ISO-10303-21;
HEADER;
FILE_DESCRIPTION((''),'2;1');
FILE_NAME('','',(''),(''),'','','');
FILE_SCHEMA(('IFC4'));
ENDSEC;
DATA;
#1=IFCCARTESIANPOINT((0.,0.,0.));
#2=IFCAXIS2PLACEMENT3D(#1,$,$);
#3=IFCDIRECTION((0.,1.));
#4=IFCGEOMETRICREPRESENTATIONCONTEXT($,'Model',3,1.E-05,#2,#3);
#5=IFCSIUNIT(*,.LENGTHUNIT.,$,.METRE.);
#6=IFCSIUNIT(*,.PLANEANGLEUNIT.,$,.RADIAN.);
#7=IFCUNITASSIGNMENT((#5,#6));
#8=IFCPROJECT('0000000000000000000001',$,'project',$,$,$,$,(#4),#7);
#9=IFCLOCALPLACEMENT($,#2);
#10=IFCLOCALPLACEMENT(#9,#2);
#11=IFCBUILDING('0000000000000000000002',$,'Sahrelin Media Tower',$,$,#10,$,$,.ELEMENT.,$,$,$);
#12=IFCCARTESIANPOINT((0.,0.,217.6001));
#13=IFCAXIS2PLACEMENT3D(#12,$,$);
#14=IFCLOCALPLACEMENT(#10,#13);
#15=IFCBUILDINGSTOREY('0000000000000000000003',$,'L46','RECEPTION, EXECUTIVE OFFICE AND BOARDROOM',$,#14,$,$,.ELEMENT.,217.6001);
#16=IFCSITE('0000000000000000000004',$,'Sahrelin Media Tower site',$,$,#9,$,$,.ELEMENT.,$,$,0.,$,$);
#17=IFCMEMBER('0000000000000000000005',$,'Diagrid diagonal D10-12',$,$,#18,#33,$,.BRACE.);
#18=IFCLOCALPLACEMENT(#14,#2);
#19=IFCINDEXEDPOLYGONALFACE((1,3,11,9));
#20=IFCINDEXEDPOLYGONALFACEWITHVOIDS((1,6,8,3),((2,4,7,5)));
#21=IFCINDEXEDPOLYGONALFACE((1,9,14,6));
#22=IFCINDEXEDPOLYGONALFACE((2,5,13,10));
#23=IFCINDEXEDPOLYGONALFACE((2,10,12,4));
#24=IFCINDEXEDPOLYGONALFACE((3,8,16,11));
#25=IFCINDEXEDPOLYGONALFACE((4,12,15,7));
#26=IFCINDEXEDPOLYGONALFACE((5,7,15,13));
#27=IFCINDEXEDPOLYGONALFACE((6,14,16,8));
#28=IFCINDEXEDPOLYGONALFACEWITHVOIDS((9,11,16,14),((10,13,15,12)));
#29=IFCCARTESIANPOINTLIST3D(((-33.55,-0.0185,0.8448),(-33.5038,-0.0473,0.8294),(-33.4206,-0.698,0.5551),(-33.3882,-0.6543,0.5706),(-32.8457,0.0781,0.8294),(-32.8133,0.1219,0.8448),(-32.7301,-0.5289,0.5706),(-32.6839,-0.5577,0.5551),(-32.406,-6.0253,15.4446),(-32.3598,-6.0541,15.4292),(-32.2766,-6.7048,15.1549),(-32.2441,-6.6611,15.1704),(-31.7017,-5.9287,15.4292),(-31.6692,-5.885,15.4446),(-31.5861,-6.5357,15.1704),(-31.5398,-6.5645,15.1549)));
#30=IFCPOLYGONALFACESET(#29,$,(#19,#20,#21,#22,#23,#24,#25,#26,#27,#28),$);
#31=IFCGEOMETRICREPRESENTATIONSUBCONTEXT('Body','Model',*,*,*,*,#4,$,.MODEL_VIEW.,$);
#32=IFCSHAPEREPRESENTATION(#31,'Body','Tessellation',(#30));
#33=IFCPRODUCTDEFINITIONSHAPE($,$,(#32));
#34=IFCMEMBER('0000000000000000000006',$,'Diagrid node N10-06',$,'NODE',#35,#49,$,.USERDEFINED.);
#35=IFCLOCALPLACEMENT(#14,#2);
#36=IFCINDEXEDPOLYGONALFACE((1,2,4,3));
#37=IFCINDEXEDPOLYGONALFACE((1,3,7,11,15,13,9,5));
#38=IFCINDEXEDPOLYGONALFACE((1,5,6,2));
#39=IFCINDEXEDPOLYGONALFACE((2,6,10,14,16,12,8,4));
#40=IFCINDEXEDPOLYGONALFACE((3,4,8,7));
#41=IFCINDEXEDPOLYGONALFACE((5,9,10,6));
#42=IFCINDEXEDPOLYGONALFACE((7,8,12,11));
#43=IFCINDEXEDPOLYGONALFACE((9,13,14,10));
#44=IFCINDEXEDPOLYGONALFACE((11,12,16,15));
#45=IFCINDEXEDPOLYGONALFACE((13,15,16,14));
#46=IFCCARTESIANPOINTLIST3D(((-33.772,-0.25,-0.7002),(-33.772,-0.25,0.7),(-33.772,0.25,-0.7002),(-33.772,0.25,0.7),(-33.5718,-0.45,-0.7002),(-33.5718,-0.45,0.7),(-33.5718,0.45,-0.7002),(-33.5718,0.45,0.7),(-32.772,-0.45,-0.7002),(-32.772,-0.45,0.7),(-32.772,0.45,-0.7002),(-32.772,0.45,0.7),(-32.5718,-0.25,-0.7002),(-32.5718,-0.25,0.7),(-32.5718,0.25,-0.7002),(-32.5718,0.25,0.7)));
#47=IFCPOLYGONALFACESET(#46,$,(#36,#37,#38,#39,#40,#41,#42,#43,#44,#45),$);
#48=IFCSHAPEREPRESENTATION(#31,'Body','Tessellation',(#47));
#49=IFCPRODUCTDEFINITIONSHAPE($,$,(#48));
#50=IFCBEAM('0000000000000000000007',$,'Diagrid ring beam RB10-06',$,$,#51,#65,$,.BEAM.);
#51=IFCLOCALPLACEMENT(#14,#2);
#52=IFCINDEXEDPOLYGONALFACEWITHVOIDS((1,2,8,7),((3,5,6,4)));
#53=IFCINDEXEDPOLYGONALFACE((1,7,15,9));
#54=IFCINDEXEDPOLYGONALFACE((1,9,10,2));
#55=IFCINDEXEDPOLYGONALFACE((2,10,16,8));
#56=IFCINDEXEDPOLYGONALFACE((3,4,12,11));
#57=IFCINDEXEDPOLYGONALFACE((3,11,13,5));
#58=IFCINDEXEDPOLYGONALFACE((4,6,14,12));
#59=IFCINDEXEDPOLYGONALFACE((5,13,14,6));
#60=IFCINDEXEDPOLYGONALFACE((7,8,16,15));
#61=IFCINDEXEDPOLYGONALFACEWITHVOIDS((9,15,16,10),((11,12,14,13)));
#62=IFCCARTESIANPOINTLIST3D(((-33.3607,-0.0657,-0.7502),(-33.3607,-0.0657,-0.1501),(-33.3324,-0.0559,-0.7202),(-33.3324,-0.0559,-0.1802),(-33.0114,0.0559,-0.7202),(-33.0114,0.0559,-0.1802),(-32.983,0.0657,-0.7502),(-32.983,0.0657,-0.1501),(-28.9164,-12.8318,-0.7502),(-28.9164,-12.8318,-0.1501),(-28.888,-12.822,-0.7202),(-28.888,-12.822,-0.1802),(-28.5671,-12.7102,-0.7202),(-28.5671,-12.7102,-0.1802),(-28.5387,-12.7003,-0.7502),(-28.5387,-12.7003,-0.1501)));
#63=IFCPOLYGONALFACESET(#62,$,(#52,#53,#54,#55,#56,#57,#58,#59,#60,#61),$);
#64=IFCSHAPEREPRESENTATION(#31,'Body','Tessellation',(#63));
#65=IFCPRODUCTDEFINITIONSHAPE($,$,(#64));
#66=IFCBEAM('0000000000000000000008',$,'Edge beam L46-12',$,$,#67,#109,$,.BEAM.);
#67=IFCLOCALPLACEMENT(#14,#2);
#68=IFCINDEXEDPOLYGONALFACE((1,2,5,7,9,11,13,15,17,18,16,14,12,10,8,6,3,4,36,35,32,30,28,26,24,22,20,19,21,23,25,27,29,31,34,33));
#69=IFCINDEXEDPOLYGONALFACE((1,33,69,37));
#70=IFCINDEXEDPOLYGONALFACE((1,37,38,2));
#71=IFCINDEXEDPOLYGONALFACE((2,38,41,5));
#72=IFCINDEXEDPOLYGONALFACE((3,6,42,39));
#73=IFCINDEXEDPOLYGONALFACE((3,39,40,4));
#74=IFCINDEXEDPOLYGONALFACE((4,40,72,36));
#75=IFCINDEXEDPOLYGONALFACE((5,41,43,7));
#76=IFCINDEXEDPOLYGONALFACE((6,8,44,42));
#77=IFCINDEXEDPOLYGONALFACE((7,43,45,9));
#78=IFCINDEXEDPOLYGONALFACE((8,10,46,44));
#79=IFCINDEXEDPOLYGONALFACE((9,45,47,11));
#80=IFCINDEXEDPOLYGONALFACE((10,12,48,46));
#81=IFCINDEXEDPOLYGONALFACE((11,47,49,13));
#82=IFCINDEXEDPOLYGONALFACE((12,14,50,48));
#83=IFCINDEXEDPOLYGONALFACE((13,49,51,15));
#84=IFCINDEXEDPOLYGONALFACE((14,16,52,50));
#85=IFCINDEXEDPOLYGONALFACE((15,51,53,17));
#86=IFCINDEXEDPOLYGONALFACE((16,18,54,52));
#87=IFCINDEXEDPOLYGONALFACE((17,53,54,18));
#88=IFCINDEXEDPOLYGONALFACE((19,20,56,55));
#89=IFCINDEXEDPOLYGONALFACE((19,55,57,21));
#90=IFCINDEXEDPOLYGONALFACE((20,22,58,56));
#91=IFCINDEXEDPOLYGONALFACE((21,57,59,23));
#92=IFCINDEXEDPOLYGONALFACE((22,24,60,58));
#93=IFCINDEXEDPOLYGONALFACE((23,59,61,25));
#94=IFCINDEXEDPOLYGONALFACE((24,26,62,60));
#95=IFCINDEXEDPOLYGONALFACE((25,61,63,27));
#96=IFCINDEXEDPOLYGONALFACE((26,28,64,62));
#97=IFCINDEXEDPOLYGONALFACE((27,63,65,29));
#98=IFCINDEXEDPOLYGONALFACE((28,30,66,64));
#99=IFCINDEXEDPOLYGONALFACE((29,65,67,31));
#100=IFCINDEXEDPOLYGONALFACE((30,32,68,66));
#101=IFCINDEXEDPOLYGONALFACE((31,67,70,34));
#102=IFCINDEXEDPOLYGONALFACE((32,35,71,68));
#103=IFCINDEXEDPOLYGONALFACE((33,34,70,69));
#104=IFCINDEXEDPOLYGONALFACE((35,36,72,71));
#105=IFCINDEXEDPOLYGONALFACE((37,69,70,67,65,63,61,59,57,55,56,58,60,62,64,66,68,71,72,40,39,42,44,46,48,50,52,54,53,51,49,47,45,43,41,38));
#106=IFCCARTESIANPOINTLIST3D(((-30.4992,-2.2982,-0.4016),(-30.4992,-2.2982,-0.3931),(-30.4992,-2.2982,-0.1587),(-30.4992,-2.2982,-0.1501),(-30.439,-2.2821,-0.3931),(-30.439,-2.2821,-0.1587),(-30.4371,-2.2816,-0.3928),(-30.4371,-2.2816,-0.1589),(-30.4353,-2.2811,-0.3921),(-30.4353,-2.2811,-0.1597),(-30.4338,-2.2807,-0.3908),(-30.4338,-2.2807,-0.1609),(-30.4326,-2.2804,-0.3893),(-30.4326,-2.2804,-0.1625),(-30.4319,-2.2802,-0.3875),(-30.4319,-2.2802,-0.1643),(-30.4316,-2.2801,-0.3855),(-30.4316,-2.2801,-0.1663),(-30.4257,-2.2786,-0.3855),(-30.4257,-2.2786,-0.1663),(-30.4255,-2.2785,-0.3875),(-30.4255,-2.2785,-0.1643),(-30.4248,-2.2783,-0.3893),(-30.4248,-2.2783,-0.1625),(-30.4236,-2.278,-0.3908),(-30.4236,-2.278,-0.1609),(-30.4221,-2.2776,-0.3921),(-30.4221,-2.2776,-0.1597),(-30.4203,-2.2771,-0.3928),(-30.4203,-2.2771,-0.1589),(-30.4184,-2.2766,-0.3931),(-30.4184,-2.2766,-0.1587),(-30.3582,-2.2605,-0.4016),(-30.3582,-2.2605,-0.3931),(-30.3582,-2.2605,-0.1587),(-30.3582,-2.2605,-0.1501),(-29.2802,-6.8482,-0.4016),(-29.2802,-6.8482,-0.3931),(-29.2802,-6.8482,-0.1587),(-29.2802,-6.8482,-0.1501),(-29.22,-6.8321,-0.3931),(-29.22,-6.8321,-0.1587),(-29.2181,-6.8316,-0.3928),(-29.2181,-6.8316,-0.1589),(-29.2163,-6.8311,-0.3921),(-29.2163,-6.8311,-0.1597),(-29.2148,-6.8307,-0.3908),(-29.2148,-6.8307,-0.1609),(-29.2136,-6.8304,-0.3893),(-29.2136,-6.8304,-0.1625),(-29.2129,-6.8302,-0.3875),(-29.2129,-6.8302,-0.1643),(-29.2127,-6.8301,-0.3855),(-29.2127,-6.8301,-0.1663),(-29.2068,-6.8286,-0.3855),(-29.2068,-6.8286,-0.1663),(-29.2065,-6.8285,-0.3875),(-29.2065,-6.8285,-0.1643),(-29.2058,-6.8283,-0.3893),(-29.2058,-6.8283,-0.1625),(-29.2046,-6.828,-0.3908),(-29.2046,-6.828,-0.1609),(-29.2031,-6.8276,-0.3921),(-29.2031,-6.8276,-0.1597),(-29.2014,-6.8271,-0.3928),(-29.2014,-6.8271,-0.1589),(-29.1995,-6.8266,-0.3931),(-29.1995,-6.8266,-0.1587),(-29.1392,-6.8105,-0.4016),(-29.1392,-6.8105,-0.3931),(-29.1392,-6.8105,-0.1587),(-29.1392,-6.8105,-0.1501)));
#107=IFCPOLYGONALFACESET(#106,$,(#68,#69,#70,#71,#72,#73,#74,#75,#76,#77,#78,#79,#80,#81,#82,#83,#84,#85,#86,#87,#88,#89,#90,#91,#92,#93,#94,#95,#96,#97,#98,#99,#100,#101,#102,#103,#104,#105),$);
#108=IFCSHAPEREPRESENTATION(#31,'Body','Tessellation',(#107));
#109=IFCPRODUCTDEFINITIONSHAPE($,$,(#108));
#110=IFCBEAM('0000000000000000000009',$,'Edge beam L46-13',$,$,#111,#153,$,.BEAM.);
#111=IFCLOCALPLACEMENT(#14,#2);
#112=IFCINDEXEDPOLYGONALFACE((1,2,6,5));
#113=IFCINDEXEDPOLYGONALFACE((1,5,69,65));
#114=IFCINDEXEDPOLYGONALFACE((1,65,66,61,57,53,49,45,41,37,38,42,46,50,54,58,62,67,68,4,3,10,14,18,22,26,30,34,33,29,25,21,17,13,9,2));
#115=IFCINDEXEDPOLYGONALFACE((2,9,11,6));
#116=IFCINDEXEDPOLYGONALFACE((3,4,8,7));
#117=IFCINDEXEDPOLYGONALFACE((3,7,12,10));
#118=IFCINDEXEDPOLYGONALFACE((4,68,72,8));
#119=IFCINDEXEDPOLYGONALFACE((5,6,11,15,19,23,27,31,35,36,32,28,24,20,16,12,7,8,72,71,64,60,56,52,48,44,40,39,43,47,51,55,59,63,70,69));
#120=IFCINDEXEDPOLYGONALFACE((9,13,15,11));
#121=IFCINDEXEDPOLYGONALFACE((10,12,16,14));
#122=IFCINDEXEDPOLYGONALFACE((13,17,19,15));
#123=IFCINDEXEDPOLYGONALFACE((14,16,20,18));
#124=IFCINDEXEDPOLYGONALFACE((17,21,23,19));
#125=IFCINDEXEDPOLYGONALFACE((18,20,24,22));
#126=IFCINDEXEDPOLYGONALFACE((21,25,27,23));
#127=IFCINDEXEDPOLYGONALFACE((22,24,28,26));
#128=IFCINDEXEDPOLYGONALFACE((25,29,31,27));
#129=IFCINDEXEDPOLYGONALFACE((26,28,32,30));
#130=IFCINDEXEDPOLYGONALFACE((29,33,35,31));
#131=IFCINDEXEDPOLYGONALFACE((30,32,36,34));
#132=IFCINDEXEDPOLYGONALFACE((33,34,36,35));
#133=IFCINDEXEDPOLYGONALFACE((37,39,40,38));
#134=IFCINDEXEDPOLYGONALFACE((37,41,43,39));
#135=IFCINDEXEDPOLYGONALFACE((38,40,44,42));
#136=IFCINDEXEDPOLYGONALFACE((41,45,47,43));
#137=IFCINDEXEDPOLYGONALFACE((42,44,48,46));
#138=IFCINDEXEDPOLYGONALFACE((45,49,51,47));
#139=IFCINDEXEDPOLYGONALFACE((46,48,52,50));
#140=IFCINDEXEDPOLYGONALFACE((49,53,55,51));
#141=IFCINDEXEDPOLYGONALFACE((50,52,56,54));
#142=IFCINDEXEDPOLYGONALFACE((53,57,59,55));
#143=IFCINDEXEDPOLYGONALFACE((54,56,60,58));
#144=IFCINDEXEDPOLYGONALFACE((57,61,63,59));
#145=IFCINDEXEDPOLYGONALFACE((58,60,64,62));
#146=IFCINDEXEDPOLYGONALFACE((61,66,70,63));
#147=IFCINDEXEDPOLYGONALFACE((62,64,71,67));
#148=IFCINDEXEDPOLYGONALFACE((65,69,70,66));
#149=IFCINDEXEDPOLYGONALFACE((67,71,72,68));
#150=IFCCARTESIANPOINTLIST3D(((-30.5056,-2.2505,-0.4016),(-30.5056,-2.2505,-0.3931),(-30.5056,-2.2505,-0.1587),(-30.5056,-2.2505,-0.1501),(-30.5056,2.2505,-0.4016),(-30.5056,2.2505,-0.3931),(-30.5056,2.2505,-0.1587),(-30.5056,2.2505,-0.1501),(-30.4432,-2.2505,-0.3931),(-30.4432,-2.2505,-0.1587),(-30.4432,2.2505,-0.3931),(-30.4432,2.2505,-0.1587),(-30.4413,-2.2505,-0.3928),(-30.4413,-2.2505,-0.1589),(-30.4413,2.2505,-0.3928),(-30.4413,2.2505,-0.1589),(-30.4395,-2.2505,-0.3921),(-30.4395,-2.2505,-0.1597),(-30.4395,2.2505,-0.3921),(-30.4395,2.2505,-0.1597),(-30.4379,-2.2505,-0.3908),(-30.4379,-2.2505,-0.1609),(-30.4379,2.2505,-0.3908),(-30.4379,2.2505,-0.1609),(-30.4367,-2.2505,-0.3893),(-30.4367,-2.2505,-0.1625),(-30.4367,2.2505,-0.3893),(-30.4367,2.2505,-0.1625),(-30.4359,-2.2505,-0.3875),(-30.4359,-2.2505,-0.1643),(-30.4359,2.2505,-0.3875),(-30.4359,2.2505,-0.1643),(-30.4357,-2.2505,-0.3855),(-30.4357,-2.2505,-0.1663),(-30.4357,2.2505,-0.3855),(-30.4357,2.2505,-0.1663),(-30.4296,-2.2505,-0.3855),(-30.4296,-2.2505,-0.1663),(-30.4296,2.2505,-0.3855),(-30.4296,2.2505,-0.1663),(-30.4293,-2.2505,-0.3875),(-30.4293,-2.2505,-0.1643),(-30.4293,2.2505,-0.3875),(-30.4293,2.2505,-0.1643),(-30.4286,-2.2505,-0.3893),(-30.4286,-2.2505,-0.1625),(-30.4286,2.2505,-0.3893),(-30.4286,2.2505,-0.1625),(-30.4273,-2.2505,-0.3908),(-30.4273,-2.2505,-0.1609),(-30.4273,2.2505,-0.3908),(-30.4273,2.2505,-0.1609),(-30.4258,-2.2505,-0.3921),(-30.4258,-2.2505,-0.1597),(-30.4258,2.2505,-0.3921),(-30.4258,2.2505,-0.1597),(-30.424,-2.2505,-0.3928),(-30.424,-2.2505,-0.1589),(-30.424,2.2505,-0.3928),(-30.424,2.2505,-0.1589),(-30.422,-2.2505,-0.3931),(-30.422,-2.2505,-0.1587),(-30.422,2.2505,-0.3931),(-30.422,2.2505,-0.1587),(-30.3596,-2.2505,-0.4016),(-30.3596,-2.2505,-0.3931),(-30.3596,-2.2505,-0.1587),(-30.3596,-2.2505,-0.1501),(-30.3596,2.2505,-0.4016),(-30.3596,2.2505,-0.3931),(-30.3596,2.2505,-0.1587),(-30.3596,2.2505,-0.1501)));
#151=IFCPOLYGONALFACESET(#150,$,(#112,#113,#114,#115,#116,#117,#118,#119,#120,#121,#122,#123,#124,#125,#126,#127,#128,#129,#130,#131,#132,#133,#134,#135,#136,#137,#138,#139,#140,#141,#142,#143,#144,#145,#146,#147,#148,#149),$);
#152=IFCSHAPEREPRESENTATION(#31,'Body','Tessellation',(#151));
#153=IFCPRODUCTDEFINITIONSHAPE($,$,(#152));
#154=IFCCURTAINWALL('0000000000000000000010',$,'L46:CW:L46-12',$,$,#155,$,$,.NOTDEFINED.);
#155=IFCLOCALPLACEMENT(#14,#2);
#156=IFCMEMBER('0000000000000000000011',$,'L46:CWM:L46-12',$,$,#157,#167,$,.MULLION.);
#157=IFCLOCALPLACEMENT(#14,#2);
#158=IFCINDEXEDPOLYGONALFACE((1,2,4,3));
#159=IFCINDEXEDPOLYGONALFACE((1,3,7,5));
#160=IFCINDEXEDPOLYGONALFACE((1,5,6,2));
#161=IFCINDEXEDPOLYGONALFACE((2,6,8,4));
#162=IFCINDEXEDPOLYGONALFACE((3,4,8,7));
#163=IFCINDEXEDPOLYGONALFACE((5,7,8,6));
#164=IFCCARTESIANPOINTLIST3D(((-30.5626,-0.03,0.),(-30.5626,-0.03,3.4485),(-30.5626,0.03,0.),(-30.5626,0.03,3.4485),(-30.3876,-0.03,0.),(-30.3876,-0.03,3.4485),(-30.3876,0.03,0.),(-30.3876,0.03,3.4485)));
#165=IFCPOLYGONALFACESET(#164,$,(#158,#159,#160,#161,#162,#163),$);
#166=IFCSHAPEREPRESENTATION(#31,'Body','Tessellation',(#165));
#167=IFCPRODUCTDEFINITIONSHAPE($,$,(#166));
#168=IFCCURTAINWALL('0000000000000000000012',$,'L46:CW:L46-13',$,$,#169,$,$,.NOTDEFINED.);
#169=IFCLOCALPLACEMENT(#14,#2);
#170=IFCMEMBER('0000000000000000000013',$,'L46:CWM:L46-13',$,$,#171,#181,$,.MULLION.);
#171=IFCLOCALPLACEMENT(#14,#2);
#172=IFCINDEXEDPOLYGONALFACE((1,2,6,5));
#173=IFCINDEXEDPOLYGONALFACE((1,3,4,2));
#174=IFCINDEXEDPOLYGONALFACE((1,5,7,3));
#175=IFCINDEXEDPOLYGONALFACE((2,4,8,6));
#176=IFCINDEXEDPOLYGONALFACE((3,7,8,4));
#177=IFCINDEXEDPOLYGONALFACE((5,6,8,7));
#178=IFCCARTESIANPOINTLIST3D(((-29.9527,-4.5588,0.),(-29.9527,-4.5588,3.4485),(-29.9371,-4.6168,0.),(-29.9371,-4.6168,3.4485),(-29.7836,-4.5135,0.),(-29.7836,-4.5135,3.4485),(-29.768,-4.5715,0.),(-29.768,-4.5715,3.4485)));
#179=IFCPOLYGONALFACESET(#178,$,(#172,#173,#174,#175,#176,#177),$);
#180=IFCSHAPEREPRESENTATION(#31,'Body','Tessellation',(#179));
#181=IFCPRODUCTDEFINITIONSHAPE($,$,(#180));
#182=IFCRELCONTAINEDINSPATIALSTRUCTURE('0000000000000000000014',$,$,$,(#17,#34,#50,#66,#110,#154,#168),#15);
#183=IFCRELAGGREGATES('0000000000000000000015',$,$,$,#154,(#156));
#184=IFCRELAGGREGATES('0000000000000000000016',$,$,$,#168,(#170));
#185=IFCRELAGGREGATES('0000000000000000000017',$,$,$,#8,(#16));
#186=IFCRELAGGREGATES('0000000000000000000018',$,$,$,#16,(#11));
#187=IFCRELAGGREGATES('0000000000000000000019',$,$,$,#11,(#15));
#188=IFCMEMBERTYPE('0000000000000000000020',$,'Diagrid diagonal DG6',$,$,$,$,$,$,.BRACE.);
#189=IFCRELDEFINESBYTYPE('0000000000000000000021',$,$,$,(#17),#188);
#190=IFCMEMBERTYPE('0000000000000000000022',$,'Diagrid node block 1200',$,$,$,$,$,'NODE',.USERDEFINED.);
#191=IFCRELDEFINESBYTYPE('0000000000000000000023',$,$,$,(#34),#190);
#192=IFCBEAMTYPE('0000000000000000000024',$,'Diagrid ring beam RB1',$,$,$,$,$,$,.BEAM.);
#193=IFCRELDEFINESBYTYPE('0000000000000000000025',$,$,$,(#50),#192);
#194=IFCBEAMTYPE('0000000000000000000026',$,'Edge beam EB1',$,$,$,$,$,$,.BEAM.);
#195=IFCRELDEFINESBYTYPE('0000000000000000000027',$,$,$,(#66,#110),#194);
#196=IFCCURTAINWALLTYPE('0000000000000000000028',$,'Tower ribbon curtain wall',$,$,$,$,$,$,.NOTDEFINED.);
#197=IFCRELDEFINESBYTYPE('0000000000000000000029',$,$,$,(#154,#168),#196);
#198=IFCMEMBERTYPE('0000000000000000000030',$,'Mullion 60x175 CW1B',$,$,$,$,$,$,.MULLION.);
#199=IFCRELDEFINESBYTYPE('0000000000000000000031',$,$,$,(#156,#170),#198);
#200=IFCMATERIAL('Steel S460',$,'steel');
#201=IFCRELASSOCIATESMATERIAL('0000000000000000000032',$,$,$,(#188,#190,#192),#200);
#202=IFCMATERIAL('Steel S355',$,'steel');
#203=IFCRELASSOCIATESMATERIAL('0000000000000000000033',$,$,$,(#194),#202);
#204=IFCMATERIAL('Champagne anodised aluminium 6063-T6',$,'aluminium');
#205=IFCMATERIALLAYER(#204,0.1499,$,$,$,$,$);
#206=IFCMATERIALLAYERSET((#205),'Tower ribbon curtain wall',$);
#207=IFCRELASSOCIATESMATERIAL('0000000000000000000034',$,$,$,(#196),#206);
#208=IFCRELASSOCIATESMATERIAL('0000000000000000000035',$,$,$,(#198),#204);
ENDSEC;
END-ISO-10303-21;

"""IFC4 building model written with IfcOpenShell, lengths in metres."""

from ifc_helpers import new_model, si_unit, direction, frame, origin, origin_2d, place, context, subcontext, project, spatial, polyline, rectangle, hollow_rectangle, i_section, outline, extrude, material, layer, layer_set, material_profile, profile_set, type_object, element, aggregate, save


model = new_model("IFC4")

# Units and contexts
model_context = context("Model", 3, precision=1e-05, world=origin(), true_north=direction((0.0, 1.0)))
body_context = subcontext(model_context, "Body", "Model", "MODEL_VIEW")
ifc_project = project(units=[si_unit("LENGTHUNIT", "METRE"), si_unit("PLANEANGLEUNIT", "RADIAN")], contexts=[model_context])

# Site, building, storey
site_placement = place(None, origin())
site = spatial("IfcSite", under=ifc_project, at=site_placement, Name="Sahrelin Media Tower site", CompositionType="ELEMENT", RefElevation=0.0)
building_placement = place(site_placement, origin())
building = spatial("IfcBuilding", under=site, at=building_placement, Name="Sahrelin Media Tower", CompositionType="ELEMENT")
storey_placement = place(building_placement, frame((0.0, 0.0, 217.6001)))
storey = spatial("IfcBuildingStorey", under=building, at=storey_placement, Name="L46", Description="RECEPTION, EXECUTIVE OFFICE AND BOARDROOM", CompositionType="ELEMENT", Elevation=217.6001)

# Members
ifc_material_1 = material(Name="Steel S460", Category="steel")
ifc_material_profile_1 = material_profile(ifc_material_1, hollow_rectangle(XDim=0.75, YDim=0.75, WallThickness=0.04, at=origin_2d()), Name="Diagrid diagonal DG6")
ifc_profile_set_1 = profile_set([ifc_material_profile_1], Name="Steel S460")
member_type_1 = type_object("IfcMemberType", Name="Diagrid diagonal DG6", PredefinedType="BRACE", material=ifc_profile_set_1)
member_1_placement = place(storey_placement, frame((-33.1169, -0.2881, 0.7), z_axis=(0.072277, -0.379491, 0.922368), x_axis=(0.982342, 0.187094, 0.0)))
element("IfcMember", 1, at=member_1_placement, inside=storey, type_object=member_type_1, Name="Diagrid diagonal D10-12", PredefinedType="BRACE", context=body_context, shape_type="SweptSolid", body=[
    extrude(hollow_rectangle(XDim=0.75, YDim=0.75, WallThickness=0.04, at=origin_2d()), origin(), (0.0, 0.0, 1.0), 15.8286),
])
ifc_material_profile_2 = material_profile(ifc_material_1, outline(polyline([(0.3999, -0.45), (0.6001, -0.25), (0.6001, 0.25), (0.3999, 0.45), (-0.3999, 0.45), (-0.6001, 0.25), (-0.6001, -0.25), (-0.3999, -0.45), (0.3999, -0.45)])), Name="Diagrid node block 1200")
ifc_profile_set_2 = profile_set([ifc_material_profile_2], Name="Steel S460")
member_type_2 = type_object("IfcMemberType", Name="Diagrid node block 1200", ElementType="NODE", PredefinedType="USERDEFINED", material=ifc_profile_set_2)
member_2_placement = place(storey_placement, frame((-33.1719, 0.0, -0.7002), z_axis=(0.0, 0.0, 1.0), x_axis=(-1.0, 0.0, 0.0)))
element("IfcMember", 2, at=member_2_placement, inside=storey, type_object=member_type_2, Name="Diagrid node N10-06", ObjectType="NODE", PredefinedType="USERDEFINED", context=body_context, shape_type="SweptSolid", body=[
    extrude(outline(polyline([(0.3999, -0.45), (0.6001, -0.25), (0.6001, 0.25), (0.3999, 0.45), (-0.3999, 0.45), (-0.6001, 0.25), (-0.6001, -0.25), (-0.3999, -0.45), (0.3999, -0.45)])), origin(), (0.0, 0.0, 1.0), 1.4001),
])

# Beams
ifc_material_profile_3 = material_profile(ifc_material_1, hollow_rectangle(XDim=0.3999, YDim=0.6001, WallThickness=0.03, at=origin_2d()), Name="Diagrid ring beam RB1")
ifc_profile_set_3 = profile_set([ifc_material_profile_3], Name="Steel S460")
beam_type_1 = type_object("IfcBeamType", Name="Diagrid ring beam RB1", PredefinedType="BEAM", material=ifc_profile_set_3)
beam_1_placement = place(storey_placement, frame((-33.1719, 0.0, -0.4502), z_axis=(0.328781, -0.944406, 0.0), x_axis=(0.944406, 0.328781, 0.0)))
element("IfcBeam", 3, at=beam_1_placement, inside=storey, type_object=beam_type_1, Name="Diagrid ring beam RB10-06", PredefinedType="BEAM", context=body_context, shape_type="SweptSolid", body=[
    extrude(hollow_rectangle(XDim=0.3999, YDim=0.6001, WallThickness=0.03, at=origin_2d()), origin(), (0.0, 0.0, 1.0), 13.5176),
])
ifc_material_2 = material(Name="Steel S355", Category="steel")
ifc_material_profile_4 = material_profile(ifc_material_2, i_section(OverallWidth=0.146, OverallDepth=0.2515, WebThickness=0.0061, FlangeThickness=0.0085, FilletRadius=0.0076, at=origin_2d()), Name="UB 254x146x31")
ifc_profile_set_4 = profile_set([ifc_material_profile_4], Name="Steel S355")
beam_type_2 = type_object("IfcBeamType", Name="Edge beam EB1", PredefinedType="BEAM", material=ifc_profile_set_4)
beam_2_placement = place(storey_placement, frame((-29.2097, -6.8293, -0.2759), z_axis=(-0.258782, 0.965936, 0.0), x_axis=(-0.965936, -0.258782, 0.0)))
element("IfcBeam", 4, at=beam_2_placement, inside=storey, type_object=beam_type_2, Name="Edge beam L46-12", PredefinedType="BEAM", context=body_context, shape_type="SweptSolid", body=[
    extrude(i_section(OverallWidth=0.146, OverallDepth=0.2515, WebThickness=0.0061, FlangeThickness=0.0085, FilletRadius=0.0076, at=origin_2d()), origin(), (0.0, 0.0, 1.0), 4.7104),
])
beam_3_placement = place(storey_placement, frame((-30.4326, -2.2505, -0.2759), z_axis=(0.0, 1.0, 0.0), x_axis=(-1.0, 0.0, 0.0)))
element("IfcBeam", 5, at=beam_3_placement, inside=storey, type_object=beam_type_2, Name="Edge beam L46-13", PredefinedType="BEAM", context=body_context, shape_type="SweptSolid", body=[
    extrude(i_section(OverallWidth=0.146, OverallDepth=0.2515, WebThickness=0.0061, FlangeThickness=0.0085, FilletRadius=0.0076, at=origin_2d()), origin(), (0.0, 0.0, 1.0), 4.501),
])

# Curtain walls, members
ifc_material_3 = material(Name="Champagne anodised aluminium 6063-T6", Category="aluminium")
ifc_layer_1 = layer(ifc_material_3, 0.1499)
ifc_layer_set_1 = layer_set([ifc_layer_1], Name="Tower ribbon curtain wall")
curtain_wall_type = type_object("IfcCurtainWallType", Name="Tower ribbon curtain wall", PredefinedType="NOTDEFINED", material=ifc_layer_set_1)
curtain_wall_1_placement = place(storey_placement, frame((-30.5825, 0.0, 0.0), z_axis=(0.0, 0.0, 1.0), x_axis=(1.0, 0.0, 0.0)))
curtain_wall_1 = element("IfcCurtainWall", 6, at=curtain_wall_1_placement, inside=storey, type_object=curtain_wall_type, Name="L46:CW:L46-12", PredefinedType="NOTDEFINED")
ifc_material_profile_5 = material_profile(ifc_material_3, rectangle(XDim=0.0601, YDim=0.175, at=origin_2d()), Name="Mullion 60x175")
ifc_profile_set_5 = profile_set([ifc_material_profile_5], Name="Champagne anodised aluminium 6063-T6")
member_type_3 = type_object("IfcMemberType", Name="Mullion 60x175 CW1B", PredefinedType="MULLION", material=ifc_profile_set_5)
member_3_placement = place(storey_placement, frame((-30.4751, 0.0, 0.0), z_axis=(0.0, 0.0, 1.0), x_axis=(0.0, -1.0, 0.0)))
member_3 = element("IfcMember", 7, at=member_3_placement, type_object=member_type_3, Name="L46:CWM:L46-12", PredefinedType="MULLION", context=body_context, shape_type="SweptSolid", body=[
    extrude(rectangle(XDim=0.0601, YDim=0.175, at=origin_2d()), origin(), (0.0, 0.0, 1.0), 3.4485),
])
aggregate(curtain_wall_1, [member_3])
curtain_wall_2_placement = place(storey_placement, frame((-29.9641, -4.593, 0.0), z_axis=(0.0, 0.0, 1.0), x_axis=(1.0, 0.0, 0.0)))
curtain_wall_2 = element("IfcCurtainWall", 8, at=curtain_wall_2_placement, inside=storey, type_object=curtain_wall_type, Name="L46:CW:L46-13", PredefinedType="NOTDEFINED")
member_4_placement = place(storey_placement, frame((-29.8604, -4.5652, 0.0), z_axis=(0.0, 0.0, 1.0), x_axis=(0.258812, -0.965928, 0.0)))
member_4 = element("IfcMember", 9, at=member_4_placement, type_object=member_type_3, Name="L46:CWM:L46-13", PredefinedType="MULLION", context=body_context, shape_type="SweptSolid", body=[
    extrude(rectangle(XDim=0.0601, YDim=0.175, at=origin_2d()), origin(), (0.0, 0.0, 1.0), 3.4485),
])

aggregate(curtain_wall_2, [member_4])

save(model, "model.ifc")
